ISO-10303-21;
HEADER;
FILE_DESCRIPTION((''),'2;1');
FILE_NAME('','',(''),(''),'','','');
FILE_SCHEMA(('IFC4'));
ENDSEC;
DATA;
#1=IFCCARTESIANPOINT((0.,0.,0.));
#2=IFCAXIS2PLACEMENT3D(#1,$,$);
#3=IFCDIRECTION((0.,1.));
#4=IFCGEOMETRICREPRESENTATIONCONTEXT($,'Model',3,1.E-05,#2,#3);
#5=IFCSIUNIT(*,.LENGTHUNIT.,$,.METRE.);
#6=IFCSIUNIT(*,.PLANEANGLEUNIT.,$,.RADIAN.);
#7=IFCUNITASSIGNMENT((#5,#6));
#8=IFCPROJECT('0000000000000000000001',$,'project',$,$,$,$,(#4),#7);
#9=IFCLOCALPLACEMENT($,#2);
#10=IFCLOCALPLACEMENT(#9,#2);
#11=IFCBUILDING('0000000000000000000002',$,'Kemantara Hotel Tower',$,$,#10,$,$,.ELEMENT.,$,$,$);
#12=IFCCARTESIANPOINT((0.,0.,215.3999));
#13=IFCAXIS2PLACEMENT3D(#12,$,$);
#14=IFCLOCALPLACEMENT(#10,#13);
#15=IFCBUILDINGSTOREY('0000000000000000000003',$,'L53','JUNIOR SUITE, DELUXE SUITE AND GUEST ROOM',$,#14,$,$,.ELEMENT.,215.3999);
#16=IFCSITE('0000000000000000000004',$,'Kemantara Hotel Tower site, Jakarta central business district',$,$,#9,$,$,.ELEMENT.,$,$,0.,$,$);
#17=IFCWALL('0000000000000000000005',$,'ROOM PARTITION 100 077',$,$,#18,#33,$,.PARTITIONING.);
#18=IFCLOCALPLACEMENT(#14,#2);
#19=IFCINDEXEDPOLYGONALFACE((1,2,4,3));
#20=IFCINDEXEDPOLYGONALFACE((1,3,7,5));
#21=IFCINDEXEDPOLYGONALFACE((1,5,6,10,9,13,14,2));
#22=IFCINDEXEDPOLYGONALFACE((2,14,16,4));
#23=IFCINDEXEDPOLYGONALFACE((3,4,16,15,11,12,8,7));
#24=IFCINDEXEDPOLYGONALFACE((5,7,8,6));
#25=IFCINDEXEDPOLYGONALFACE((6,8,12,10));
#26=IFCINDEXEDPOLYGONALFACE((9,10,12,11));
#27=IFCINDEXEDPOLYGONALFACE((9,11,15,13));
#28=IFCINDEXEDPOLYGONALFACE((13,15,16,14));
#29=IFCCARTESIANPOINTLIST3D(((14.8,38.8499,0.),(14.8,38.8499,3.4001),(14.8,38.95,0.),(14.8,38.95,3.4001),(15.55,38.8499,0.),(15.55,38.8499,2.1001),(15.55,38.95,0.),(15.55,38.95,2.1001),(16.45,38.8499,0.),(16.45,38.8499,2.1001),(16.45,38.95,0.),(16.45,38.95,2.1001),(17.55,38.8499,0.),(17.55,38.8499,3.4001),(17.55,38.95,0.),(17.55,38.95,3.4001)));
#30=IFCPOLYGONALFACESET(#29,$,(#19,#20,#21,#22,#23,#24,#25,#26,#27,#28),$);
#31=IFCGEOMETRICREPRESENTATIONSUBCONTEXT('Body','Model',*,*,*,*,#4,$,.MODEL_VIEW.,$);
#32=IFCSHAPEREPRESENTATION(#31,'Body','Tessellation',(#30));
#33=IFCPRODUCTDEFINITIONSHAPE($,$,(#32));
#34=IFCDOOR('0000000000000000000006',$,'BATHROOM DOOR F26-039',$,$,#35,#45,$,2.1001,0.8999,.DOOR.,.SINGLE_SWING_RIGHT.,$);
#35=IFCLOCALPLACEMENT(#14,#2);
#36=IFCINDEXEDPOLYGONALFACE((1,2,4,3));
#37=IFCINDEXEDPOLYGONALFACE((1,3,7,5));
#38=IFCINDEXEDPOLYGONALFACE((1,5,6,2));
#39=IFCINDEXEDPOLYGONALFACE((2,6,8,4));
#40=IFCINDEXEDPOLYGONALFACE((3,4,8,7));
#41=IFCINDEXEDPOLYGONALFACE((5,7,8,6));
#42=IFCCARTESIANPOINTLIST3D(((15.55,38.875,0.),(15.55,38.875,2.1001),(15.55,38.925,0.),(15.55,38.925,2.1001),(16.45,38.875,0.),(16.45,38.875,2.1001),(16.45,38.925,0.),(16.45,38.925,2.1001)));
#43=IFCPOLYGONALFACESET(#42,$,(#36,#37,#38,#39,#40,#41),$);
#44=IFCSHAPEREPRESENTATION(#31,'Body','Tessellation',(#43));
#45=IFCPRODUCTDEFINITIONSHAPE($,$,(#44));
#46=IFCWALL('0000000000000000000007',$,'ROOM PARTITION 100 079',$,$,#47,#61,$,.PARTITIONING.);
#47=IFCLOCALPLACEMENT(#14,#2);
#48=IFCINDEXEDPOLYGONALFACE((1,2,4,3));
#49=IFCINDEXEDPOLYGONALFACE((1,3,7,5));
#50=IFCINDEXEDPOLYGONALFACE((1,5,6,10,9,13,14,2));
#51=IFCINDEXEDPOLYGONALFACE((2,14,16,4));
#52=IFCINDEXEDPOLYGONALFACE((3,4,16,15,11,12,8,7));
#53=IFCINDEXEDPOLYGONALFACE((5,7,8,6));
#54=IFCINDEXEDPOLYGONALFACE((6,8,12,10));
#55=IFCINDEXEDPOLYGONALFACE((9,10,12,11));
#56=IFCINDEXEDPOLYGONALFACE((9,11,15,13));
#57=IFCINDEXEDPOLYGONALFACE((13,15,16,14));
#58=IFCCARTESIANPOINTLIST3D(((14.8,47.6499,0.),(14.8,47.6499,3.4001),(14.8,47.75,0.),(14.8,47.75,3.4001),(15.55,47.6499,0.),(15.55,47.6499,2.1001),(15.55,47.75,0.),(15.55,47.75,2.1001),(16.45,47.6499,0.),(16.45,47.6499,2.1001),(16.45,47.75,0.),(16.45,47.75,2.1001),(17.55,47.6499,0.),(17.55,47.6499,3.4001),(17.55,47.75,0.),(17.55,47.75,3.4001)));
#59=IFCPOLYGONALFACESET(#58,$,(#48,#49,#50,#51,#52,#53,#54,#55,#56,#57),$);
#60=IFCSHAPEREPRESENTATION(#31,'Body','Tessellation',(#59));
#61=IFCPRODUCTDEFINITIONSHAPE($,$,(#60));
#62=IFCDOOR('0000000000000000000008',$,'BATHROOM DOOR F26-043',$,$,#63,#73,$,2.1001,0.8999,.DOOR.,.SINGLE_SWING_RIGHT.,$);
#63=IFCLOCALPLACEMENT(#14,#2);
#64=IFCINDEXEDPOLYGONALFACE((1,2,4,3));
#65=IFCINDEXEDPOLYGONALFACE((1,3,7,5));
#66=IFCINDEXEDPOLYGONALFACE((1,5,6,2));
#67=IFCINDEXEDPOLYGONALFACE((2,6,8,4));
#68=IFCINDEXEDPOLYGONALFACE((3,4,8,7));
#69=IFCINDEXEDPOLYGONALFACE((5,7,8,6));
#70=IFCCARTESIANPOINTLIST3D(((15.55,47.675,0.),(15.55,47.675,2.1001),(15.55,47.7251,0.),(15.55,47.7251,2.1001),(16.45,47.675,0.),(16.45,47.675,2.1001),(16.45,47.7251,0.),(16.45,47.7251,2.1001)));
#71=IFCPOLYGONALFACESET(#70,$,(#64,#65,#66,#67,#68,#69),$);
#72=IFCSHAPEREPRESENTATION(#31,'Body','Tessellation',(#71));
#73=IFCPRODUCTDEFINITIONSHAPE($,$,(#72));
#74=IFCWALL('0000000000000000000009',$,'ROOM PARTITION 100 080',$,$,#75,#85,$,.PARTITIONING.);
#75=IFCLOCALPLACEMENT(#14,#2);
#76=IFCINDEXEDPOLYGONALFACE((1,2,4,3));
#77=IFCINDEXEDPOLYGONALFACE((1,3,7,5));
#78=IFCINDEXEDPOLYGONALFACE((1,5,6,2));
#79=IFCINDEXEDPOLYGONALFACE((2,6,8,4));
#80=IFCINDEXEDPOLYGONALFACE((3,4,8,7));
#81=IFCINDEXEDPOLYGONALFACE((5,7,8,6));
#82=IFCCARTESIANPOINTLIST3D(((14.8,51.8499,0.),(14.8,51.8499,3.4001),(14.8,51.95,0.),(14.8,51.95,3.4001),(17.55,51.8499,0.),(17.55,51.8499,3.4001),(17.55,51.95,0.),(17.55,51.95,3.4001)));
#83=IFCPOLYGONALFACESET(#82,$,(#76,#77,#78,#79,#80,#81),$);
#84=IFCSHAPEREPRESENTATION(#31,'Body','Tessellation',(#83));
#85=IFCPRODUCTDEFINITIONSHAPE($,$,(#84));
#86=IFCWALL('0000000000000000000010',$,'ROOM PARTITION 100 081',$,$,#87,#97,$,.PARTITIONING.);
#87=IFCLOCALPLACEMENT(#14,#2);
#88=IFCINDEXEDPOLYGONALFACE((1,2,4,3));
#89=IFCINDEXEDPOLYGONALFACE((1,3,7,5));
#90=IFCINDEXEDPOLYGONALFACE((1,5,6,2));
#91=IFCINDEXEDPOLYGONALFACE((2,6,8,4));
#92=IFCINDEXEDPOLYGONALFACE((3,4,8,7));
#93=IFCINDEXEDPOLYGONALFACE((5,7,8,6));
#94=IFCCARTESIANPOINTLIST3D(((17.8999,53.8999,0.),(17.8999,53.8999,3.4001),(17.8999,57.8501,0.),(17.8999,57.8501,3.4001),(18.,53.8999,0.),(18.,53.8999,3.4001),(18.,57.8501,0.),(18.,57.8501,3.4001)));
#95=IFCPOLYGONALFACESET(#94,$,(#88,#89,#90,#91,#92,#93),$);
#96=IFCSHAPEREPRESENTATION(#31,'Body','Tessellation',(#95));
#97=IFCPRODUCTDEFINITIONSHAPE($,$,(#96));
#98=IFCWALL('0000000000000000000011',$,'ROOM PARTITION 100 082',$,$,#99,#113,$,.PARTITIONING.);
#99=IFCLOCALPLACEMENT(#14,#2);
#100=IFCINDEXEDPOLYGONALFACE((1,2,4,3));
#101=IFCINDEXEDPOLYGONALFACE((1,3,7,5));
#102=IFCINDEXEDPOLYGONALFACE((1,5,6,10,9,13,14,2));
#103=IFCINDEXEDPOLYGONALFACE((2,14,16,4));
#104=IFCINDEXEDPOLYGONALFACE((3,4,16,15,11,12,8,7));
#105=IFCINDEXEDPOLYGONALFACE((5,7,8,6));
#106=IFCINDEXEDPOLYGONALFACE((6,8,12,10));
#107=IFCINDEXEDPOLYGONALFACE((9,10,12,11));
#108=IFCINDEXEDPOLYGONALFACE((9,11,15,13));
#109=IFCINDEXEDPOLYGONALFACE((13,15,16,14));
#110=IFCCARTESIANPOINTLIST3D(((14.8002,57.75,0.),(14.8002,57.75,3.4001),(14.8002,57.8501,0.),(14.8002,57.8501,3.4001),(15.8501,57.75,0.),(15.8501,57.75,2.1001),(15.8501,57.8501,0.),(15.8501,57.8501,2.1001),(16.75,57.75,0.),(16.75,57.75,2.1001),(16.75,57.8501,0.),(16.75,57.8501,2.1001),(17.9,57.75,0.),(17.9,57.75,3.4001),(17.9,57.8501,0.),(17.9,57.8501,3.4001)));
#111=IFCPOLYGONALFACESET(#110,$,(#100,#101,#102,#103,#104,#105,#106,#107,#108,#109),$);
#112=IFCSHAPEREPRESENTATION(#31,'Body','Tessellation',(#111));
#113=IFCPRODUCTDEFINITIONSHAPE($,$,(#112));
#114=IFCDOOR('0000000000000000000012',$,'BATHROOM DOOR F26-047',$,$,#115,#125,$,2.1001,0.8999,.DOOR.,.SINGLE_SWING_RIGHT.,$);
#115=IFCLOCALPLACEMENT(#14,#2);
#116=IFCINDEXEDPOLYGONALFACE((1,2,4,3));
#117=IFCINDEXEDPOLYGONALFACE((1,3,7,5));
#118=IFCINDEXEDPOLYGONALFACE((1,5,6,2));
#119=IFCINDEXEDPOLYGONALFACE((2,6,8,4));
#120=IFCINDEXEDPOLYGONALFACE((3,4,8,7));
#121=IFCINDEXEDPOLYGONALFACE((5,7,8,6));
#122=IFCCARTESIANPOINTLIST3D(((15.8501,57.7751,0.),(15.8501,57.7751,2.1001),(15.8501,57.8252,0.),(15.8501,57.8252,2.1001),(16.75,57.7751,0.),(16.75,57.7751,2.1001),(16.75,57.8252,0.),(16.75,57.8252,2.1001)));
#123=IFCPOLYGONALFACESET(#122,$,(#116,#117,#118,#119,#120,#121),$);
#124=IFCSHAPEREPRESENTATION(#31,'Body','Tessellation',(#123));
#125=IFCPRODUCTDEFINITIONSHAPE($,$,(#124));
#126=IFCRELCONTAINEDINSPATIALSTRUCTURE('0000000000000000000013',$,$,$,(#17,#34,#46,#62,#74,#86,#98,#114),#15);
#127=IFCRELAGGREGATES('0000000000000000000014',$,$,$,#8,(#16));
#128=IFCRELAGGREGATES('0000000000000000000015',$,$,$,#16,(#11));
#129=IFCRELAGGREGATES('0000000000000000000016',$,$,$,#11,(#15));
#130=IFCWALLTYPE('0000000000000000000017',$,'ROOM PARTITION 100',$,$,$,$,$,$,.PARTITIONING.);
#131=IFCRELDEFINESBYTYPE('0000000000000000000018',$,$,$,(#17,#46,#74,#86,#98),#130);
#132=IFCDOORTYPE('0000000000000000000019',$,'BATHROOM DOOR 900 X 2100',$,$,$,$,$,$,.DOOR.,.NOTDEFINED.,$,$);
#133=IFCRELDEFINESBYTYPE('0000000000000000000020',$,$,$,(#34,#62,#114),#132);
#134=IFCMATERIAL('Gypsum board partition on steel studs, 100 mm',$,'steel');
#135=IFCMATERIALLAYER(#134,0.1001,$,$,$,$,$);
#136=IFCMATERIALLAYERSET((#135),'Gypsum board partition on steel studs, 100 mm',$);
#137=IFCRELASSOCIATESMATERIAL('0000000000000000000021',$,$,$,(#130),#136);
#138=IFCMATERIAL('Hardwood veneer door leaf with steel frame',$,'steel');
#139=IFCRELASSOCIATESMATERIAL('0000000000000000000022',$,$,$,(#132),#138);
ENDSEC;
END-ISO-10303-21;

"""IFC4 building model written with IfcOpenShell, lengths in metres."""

from ifc_helpers import new_model, si_unit, direction, frame, frame_2d, origin, place, context, subcontext, project, spatial, rectangle, extrude, material, layer, layer_set, type_object, element, fill, save


model = new_model("IFC4")

# Units and contexts
model_context = context("Model", 3, precision=1e-05, world=origin(), true_north=direction((0.0, 1.0)))
body_context = subcontext(model_context, "Body", "Model", "MODEL_VIEW")
ifc_project = project(units=[si_unit("LENGTHUNIT", "METRE"), si_unit("PLANEANGLEUNIT", "RADIAN")], contexts=[model_context])

# Site, building, storey
site_placement = place(None, origin())
site = spatial("IfcSite", under=ifc_project, at=site_placement, Name="Kemantara Hotel Tower site, Jakarta central business district", CompositionType="ELEMENT", RefElevation=0.0)
building_placement = place(site_placement, origin())
building = spatial("IfcBuilding", under=site, at=building_placement, Name="Kemantara Hotel Tower", CompositionType="ELEMENT")
storey_placement = place(building_placement, frame((0.0, 0.0, 215.3999)))
storey = spatial("IfcBuildingStorey", under=building, at=storey_placement, Name="L53", Description="JUNIOR SUITE, DELUXE SUITE AND GUEST ROOM", CompositionType="ELEMENT", Elevation=215.3999)

# Shared definitions
ifc_material_1 = material(Name="Gypsum board partition on steel studs, 100 mm", Category="steel")
ifc_layer_1 = layer(ifc_material_1, 0.1001)
ifc_layer_set_1 = layer_set([ifc_layer_1], Name="Gypsum board partition on steel studs, 100 mm")
wall_type_1 = type_object("IfcWallType", Name="ROOM PARTITION 100", PredefinedType="PARTITIONING", material=ifc_layer_set_1)

# Walls, openings, doors
wall_1_placement = place(storey_placement, frame((17.55, 38.8999, 0.0), z_axis=(0.0, 0.0, 1.0), x_axis=(-1.0, 0.0, 0.0)))
wall_1 = element("IfcWall", 1, at=wall_1_placement, inside=storey, type_object=wall_type_1, Name="ROOM PARTITION 100 077", PredefinedType="PARTITIONING", context=body_context, shape_type="SweptSolid", body=[
    extrude(rectangle(XDim=2.75, YDim=0.1001, at=frame_2d((1.375, 0.0))), origin(), (0.0, 0.0, 1.0), 3.4001),
])
opening_1_placement = place(wall_1_placement, frame((1.1001, 0.0, 0.0)))
opening_1 = element("IfcOpeningElement", 2, at=opening_1_placement, cuts=wall_1, PredefinedType="OPENING", context=body_context, shape_type="SweptSolid", body=[
    extrude(rectangle(XDim=0.8999, YDim=2.1001, at=frame_2d((0.45, 1.05))), frame((0.0, 0.0601, 0.0), z_axis=(0.0, -1.0, 0.0), x_axis=(1.0, 0.0, 0.0)), (0.0, 0.0, 1.0), 0.1201),
])
ifc_material_2 = material(Name="Hardwood veneer door leaf with steel frame", Category="steel")
door_type = type_object("IfcDoorType", Name="BATHROOM DOOR 900 X 2100", OperationType="NOTDEFINED", PredefinedType="DOOR", material=ifc_material_2)
door_1_placement = place(opening_1_placement, origin())
door_1 = element("IfcDoor", 3, at=door_1_placement, inside=storey, type_object=door_type, Name="BATHROOM DOOR F26-039", OperationType="SINGLE_SWING_RIGHT", OverallHeight=2.1001, OverallWidth=0.8999, PredefinedType="DOOR", context=body_context, shape_type="SweptSolid", body=[
    extrude(rectangle(XDim=0.8999, YDim=2.1001, at=frame_2d((0.45, 1.05))), frame((0.0, 0.0249, 0.0), z_axis=(0.0, -1.0, 0.0), x_axis=(1.0, 0.0, 0.0)), (0.0, 0.0, 1.0), 0.05),
])
fill(opening_1, door_1)
wall_2_placement = place(storey_placement, frame((17.55, 47.7, 0.0), z_axis=(0.0, 0.0, 1.0), x_axis=(-1.0, 0.0, 0.0)))
wall_2 = element("IfcWall", 4, at=wall_2_placement, inside=storey, type_object=wall_type_1, Name="ROOM PARTITION 100 079", PredefinedType="PARTITIONING", context=body_context, shape_type="SweptSolid", body=[
    extrude(rectangle(XDim=2.75, YDim=0.1001, at=frame_2d((1.375, 0.0))), origin(), (0.0, 0.0, 1.0), 3.4001),
])
opening_2_placement = place(wall_2_placement, frame((1.1001, 0.0, 0.0)))
opening_2 = element("IfcOpeningElement", 5, at=opening_2_placement, cuts=wall_2, PredefinedType="OPENING", context=body_context, shape_type="SweptSolid", body=[
    extrude(rectangle(XDim=0.8999, YDim=2.1001, at=frame_2d((0.45, 1.05))), frame((0.0, 0.0601, 0.0), z_axis=(0.0, -1.0, 0.0), x_axis=(1.0, 0.0, 0.0)), (0.0, 0.0, 1.0), 0.1201),
])
door_2_placement = place(opening_2_placement, origin())
door_2 = element("IfcDoor", 6, at=door_2_placement, inside=storey, type_object=door_type, Name="BATHROOM DOOR F26-043", OperationType="SINGLE_SWING_RIGHT", OverallHeight=2.1001, OverallWidth=0.8999, PredefinedType="DOOR", context=body_context, shape_type="SweptSolid", body=[
    extrude(rectangle(XDim=0.8999, YDim=2.1001, at=frame_2d((0.45, 1.05))), frame((0.0, 0.0249, 0.0), z_axis=(0.0, -1.0, 0.0), x_axis=(1.0, 0.0, 0.0)), (0.0, 0.0, 1.0), 0.05),
])
fill(opening_2, door_2)

# Walls
wall_3_placement = place(storey_placement, frame((14.8, 51.8999, 0.0), z_axis=(0.0, 0.0, 1.0), x_axis=(1.0, 0.0, 0.0)))
element("IfcWall", 7, at=wall_3_placement, inside=storey, type_object=wall_type_1, Name="ROOM PARTITION 100 080", PredefinedType="PARTITIONING", context=body_context, shape_type="SweptSolid", body=[
    extrude(rectangle(XDim=2.75, YDim=0.1001, at=frame_2d((1.375, 0.0))), origin(), (0.0, 0.0, 1.0), 3.4001),
])
wall_4_placement = place(storey_placement, frame((17.95, 53.8999, 0.0), z_axis=(0.0, 0.0, 1.0), x_axis=(0.0, 1.0, 0.0)))
element("IfcWall", 8, at=wall_4_placement, inside=storey, type_object=wall_type_1, Name="ROOM PARTITION 100 081", PredefinedType="PARTITIONING", context=body_context, shape_type="SweptSolid", body=[
    extrude(rectangle(XDim=3.9502, YDim=0.1001, at=frame_2d((1.9751, 0.0))), origin(), (0.0, 0.0, 1.0), 3.4001),
])

# Wall, opening, door
wall_5_placement = place(storey_placement, frame((17.8999, 57.8, 0.0), z_axis=(0.0, 0.0, 1.0), x_axis=(-1.0, 0.0, 0.0)))
wall_5 = element("IfcWall", 9, at=wall_5_placement, inside=storey, type_object=wall_type_1, Name="ROOM PARTITION 100 082", PredefinedType="PARTITIONING", context=body_context, shape_type="SweptSolid", body=[
    extrude(rectangle(XDim=3.0999, YDim=0.1001, at=frame_2d((1.5498, 0.0))), origin(), (0.0, 0.0, 1.0), 3.4001),
])
opening_3_placement = place(wall_5_placement, frame((1.1499, 0.0, 0.0)))
opening_3 = element("IfcOpeningElement", 10, at=opening_3_placement, cuts=wall_5, PredefinedType="OPENING", context=body_context, shape_type="SweptSolid", body=[
    extrude(rectangle(XDim=0.8999, YDim=2.1001, at=frame_2d((0.45, 1.05))), frame((0.0, 0.0601, 0.0), z_axis=(0.0, -1.0, 0.0), x_axis=(1.0, 0.0, 0.0)), (0.0, 0.0, 1.0), 0.1201),
])
door_3_placement = place(opening_3_placement, origin())
door_3 = element("IfcDoor", 11, at=door_3_placement, inside=storey, type_object=door_type, Name="BATHROOM DOOR F26-047", OperationType="SINGLE_SWING_RIGHT", OverallHeight=2.1001, OverallWidth=0.8999, PredefinedType="DOOR", context=body_context, shape_type="SweptSolid", body=[
    extrude(rectangle(XDim=0.8999, YDim=2.1001, at=frame_2d((0.45, 1.05))), frame((0.0, 0.0249, 0.0), z_axis=(0.0, -1.0, 0.0), x_axis=(1.0, 0.0, 0.0)), (0.0, 0.0, 1.0), 0.05),
])
fill(opening_3, door_3)

save(model, "model.ifc")
